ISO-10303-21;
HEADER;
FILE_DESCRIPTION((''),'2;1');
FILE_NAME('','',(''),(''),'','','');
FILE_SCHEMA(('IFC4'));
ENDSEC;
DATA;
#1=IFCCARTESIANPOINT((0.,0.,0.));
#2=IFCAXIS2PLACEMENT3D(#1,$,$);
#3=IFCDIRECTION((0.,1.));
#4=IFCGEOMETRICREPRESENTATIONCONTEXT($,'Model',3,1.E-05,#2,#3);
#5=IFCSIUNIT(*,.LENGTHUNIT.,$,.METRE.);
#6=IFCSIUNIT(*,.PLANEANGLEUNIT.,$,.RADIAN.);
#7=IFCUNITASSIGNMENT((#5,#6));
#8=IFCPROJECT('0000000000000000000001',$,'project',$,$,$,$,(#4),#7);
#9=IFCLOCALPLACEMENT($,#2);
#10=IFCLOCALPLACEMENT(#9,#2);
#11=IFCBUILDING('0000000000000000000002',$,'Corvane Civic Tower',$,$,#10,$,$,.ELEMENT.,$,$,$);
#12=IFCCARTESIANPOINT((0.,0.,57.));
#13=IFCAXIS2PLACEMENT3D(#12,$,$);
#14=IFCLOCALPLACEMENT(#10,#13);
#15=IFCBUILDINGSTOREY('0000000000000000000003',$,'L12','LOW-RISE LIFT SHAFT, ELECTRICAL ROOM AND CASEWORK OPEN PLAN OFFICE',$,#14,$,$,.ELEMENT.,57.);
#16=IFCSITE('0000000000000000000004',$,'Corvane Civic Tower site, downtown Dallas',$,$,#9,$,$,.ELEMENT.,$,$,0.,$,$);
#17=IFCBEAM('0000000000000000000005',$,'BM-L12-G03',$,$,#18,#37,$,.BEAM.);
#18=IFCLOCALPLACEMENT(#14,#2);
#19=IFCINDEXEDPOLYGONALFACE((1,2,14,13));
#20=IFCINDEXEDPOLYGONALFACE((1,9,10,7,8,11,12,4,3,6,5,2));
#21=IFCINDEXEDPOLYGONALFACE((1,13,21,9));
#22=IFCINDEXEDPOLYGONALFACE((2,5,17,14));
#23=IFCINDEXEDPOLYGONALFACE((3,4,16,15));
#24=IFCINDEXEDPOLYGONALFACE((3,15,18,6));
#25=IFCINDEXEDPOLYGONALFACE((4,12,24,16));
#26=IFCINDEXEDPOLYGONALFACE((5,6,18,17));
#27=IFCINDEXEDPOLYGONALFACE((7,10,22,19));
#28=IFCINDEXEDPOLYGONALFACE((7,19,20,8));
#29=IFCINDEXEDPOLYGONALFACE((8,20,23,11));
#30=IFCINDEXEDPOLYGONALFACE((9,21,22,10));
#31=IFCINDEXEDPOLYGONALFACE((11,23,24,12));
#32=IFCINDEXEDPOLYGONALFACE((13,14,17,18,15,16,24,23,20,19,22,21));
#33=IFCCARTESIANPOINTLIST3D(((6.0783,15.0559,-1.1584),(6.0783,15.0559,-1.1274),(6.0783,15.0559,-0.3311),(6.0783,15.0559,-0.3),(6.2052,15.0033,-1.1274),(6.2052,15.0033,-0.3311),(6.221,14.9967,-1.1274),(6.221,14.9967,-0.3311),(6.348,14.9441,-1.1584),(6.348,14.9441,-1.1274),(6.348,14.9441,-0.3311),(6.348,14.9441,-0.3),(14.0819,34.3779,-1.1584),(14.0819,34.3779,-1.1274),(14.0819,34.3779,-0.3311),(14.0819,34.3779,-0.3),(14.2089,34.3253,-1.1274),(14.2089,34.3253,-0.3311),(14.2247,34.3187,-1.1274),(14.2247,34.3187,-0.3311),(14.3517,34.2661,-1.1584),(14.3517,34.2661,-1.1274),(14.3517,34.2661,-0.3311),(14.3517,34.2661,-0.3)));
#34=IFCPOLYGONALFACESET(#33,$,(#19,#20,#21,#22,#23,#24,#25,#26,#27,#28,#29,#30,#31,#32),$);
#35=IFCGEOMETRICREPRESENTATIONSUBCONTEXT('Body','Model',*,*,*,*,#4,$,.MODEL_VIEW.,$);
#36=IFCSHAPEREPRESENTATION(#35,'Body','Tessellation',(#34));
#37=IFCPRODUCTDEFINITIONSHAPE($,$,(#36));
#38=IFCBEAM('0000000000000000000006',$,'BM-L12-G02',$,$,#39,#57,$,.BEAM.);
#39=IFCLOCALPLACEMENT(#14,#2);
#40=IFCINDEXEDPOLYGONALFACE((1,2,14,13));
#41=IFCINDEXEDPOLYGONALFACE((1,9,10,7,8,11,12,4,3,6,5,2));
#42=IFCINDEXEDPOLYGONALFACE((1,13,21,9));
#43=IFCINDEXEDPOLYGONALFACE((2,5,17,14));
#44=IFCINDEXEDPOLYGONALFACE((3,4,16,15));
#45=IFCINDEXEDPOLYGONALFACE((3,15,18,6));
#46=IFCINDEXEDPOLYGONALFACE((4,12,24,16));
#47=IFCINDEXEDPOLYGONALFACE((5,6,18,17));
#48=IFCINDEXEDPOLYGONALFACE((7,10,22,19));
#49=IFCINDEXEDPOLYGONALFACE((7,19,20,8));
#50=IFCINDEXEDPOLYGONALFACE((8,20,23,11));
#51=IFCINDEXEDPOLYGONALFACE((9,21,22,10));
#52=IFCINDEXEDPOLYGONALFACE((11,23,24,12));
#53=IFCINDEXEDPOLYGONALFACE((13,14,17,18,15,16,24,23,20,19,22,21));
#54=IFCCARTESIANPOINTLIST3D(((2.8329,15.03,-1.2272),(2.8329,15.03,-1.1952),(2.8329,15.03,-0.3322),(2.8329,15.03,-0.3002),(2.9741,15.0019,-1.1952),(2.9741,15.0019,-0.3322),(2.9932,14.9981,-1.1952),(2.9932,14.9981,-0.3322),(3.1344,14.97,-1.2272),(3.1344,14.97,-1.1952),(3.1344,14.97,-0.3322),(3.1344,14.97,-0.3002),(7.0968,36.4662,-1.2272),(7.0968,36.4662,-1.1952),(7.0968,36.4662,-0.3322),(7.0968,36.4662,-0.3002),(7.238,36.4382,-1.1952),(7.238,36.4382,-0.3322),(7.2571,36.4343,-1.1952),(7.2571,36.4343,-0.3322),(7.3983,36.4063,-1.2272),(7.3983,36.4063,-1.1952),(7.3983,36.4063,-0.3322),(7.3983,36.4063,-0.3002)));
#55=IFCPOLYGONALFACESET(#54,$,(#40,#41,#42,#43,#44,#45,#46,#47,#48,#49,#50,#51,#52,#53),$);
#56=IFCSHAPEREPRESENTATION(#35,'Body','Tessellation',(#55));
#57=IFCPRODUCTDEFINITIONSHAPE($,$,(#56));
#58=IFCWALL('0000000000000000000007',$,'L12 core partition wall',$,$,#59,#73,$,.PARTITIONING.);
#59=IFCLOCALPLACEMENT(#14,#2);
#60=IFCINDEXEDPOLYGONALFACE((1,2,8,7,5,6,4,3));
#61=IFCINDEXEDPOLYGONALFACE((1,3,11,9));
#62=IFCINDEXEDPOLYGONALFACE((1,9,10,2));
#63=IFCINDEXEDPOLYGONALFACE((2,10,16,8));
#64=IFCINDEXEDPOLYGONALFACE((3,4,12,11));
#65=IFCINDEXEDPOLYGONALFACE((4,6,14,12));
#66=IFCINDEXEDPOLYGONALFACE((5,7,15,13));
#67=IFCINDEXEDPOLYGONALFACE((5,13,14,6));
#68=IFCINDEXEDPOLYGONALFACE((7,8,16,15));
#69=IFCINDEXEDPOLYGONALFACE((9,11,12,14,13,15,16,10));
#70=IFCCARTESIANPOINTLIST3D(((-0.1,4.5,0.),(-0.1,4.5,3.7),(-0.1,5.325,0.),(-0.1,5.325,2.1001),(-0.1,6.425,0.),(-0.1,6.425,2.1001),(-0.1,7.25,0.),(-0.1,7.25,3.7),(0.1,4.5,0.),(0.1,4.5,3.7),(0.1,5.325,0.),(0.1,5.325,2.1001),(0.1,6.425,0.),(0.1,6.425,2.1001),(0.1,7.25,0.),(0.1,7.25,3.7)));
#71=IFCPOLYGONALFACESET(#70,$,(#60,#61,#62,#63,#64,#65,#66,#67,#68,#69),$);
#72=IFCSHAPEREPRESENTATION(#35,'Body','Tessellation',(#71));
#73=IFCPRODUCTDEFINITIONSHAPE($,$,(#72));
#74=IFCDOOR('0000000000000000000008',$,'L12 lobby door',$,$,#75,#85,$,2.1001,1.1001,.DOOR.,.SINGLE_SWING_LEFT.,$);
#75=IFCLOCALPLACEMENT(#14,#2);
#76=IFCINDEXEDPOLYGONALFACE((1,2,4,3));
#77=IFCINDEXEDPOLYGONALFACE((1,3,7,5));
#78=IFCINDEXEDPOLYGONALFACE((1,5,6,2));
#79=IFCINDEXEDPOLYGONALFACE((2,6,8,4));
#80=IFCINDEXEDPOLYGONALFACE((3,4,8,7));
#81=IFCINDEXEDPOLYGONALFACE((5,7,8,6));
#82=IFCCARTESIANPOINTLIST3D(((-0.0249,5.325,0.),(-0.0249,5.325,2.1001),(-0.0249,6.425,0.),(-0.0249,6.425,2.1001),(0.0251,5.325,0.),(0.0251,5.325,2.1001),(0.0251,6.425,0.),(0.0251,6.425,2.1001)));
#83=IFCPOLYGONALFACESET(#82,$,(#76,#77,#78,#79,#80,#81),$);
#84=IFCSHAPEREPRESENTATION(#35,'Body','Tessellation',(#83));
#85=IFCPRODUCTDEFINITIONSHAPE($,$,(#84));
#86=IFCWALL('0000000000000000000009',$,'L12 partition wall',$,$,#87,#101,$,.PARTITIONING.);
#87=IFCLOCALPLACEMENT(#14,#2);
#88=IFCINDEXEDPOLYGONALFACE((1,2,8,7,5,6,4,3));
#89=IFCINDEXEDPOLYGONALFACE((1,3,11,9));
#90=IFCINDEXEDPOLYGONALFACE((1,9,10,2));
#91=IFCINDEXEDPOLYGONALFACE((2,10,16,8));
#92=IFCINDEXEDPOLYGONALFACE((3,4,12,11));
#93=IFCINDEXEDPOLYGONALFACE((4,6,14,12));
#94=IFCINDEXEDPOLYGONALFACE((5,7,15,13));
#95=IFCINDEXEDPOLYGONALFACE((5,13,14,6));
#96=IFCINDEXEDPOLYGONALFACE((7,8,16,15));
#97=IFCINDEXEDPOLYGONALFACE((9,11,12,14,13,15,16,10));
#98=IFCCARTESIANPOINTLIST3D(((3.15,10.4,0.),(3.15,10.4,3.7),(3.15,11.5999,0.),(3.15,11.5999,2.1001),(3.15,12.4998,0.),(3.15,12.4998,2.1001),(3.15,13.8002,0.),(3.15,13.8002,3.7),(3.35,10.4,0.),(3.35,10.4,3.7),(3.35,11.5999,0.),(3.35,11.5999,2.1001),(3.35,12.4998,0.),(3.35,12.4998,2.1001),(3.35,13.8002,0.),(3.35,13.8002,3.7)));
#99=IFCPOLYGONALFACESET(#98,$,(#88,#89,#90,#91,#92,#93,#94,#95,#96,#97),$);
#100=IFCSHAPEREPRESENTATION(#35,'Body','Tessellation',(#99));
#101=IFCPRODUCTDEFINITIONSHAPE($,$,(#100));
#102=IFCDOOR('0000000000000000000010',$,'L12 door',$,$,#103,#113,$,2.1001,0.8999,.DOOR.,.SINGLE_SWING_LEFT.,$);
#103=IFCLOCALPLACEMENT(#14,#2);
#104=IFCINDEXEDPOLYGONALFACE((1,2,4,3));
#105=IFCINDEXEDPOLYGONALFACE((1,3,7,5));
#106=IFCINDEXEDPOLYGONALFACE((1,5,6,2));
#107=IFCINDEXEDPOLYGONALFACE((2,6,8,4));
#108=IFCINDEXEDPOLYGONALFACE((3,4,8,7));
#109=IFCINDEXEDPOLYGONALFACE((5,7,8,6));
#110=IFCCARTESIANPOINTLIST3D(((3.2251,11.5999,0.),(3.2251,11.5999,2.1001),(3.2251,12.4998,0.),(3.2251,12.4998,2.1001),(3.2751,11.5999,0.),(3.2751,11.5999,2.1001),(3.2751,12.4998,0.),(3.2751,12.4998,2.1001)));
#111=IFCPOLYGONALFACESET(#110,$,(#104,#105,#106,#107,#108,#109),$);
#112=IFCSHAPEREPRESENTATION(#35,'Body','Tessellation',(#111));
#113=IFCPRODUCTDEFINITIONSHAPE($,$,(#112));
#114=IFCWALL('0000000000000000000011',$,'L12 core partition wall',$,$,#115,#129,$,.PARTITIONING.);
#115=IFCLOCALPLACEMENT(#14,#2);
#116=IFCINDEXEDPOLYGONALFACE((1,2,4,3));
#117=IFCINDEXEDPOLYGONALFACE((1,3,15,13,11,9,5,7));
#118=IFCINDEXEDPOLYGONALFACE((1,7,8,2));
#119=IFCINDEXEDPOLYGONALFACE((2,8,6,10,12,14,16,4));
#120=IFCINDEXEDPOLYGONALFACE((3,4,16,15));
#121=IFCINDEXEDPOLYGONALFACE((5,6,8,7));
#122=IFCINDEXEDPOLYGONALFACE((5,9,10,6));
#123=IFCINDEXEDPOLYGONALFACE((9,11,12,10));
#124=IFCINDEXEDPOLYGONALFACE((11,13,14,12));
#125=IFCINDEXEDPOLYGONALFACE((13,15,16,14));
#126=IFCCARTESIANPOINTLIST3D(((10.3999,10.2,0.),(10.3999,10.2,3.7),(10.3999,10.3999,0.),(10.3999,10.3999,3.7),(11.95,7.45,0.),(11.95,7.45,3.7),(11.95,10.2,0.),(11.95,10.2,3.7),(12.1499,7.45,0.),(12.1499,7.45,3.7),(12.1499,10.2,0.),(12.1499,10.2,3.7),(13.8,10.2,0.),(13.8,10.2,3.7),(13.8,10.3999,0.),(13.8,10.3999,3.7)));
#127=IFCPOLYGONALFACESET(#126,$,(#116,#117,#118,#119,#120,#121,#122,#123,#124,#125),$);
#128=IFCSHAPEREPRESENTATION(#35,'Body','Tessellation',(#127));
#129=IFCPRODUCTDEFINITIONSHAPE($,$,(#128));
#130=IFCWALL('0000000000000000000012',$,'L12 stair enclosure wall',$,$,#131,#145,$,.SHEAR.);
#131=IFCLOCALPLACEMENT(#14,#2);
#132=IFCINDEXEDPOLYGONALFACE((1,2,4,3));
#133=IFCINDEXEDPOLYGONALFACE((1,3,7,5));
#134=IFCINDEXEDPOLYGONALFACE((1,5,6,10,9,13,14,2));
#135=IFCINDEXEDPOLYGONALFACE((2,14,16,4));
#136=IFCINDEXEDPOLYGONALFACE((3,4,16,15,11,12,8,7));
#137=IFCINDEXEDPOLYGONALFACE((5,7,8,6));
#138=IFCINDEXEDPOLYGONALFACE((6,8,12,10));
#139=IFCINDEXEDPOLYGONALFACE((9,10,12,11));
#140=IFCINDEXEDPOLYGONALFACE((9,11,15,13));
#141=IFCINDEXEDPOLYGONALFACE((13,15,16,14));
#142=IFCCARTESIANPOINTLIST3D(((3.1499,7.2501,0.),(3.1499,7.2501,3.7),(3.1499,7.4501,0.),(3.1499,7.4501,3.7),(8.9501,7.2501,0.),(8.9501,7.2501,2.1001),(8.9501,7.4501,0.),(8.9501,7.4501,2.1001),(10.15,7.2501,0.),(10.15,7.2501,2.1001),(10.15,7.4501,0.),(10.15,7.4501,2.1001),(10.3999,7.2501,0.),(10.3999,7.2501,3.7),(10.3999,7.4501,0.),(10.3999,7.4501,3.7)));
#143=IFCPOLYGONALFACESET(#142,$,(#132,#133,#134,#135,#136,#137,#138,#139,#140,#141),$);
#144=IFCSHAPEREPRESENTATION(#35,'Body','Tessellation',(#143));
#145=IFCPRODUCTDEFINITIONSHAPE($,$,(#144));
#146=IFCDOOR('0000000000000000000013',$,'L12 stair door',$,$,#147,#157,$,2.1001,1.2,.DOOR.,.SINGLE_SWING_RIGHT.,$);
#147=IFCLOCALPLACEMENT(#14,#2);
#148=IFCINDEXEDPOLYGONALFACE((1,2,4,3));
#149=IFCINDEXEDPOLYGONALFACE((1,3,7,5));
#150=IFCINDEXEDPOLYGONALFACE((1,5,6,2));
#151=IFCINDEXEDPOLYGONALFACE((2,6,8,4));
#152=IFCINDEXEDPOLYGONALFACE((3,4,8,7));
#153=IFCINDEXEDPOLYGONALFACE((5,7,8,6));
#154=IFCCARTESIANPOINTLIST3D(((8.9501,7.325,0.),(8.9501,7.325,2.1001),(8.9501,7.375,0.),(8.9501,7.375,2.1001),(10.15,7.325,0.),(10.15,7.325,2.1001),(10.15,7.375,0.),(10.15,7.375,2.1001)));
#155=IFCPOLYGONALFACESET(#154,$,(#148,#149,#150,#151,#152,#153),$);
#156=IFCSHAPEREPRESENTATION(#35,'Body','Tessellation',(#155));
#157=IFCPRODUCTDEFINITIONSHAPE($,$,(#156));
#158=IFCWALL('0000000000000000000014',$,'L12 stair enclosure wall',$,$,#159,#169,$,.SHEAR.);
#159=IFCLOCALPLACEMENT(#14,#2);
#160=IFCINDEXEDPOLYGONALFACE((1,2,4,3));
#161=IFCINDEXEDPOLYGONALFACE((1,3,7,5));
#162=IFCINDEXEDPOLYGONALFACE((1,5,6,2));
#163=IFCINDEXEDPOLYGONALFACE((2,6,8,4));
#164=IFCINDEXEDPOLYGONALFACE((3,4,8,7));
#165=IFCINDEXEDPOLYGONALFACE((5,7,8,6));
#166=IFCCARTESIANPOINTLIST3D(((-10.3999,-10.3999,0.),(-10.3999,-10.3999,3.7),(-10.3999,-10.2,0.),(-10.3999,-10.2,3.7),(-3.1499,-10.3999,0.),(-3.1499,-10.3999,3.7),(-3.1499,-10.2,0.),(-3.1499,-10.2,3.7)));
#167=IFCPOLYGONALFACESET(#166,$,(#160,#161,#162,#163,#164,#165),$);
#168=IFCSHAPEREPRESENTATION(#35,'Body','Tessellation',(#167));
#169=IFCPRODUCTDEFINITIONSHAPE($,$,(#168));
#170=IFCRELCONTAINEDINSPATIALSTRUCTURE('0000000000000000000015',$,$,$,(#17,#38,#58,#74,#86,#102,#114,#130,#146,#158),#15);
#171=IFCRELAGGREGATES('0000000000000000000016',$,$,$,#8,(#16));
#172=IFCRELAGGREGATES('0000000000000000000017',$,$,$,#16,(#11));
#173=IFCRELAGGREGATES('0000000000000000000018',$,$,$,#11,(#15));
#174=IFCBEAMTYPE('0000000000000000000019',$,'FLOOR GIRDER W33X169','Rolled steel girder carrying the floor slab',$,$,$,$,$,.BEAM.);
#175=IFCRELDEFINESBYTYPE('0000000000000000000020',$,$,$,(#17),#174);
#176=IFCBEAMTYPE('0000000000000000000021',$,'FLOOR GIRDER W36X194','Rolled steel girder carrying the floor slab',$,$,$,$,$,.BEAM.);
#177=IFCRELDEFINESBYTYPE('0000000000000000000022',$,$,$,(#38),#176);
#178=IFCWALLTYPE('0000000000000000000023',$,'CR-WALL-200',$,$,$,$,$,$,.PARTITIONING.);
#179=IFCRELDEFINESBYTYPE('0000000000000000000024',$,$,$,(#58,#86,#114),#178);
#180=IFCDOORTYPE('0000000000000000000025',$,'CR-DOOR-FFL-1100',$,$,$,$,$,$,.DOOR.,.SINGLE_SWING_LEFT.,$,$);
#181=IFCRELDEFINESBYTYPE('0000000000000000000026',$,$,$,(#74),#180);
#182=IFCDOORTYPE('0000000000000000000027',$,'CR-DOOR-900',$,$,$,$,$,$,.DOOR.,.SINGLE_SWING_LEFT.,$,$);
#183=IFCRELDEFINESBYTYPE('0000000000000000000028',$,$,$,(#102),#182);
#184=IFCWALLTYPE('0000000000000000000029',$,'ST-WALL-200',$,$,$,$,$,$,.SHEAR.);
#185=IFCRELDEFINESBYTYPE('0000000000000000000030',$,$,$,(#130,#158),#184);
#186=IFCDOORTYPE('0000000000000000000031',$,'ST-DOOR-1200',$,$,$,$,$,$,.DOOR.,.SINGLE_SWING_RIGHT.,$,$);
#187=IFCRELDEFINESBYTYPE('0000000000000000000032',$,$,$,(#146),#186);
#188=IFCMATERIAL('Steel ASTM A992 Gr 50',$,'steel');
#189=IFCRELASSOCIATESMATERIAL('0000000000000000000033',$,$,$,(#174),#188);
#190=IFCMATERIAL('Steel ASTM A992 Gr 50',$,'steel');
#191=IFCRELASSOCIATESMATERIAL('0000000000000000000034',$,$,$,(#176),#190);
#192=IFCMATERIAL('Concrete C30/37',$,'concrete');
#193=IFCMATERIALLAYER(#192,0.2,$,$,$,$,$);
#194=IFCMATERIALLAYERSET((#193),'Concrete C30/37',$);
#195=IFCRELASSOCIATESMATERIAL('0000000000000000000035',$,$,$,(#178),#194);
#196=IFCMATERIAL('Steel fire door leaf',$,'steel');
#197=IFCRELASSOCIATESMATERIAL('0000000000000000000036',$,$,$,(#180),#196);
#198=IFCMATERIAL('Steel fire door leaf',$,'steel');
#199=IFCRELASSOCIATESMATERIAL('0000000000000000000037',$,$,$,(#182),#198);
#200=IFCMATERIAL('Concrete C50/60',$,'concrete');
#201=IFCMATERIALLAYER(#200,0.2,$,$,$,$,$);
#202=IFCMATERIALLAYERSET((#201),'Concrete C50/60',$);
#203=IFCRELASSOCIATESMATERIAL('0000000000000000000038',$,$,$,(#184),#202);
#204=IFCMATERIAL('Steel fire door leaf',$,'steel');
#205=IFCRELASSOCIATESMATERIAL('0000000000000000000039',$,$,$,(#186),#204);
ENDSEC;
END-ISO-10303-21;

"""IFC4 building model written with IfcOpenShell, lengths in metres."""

from ifc_helpers import new_model, si_unit, direction, frame, frame_2d, origin, origin_2d, place, context, subcontext, project, spatial, polyline, rectangle, i_section, outline, extrude, material, layer, layer_set, material_profile, profile_set, type_object, element, fill, save


model = new_model("IFC4")

# Units and contexts
model_context = context("Model", 3, precision=1e-05, world=origin(), true_north=direction((0.0, 1.0)))
body_context = subcontext(model_context, "Body", "Model", "MODEL_VIEW")
ifc_project = project(units=[si_unit("LENGTHUNIT", "METRE"), si_unit("PLANEANGLEUNIT", "RADIAN")], contexts=[model_context])

# Site, building, storey
site_placement = place(None, origin())
site = spatial("IfcSite", under=ifc_project, at=site_placement, Name="Corvane Civic Tower site, downtown Dallas", CompositionType="ELEMENT", RefElevation=0.0)
building_placement = place(site_placement, origin())
building = spatial("IfcBuilding", under=site, at=building_placement, Name="Corvane Civic Tower", CompositionType="ELEMENT")
storey_placement = place(building_placement, frame((0.0, 0.0, 57.0)))
storey = spatial("IfcBuildingStorey", under=building, at=storey_placement, Name="L12", Description="LOW-RISE LIFT SHAFT, ELECTRICAL ROOM AND CASEWORK OPEN PLAN OFFICE", CompositionType="ELEMENT", Elevation=57.0)

# Beams
ifc_material_1 = material(Name="Steel ASTM A992 Gr 50", Category="steel")
ifc_material_profile_1 = material_profile(ifc_material_1, i_section(OverallWidth=0.292, OverallDepth=0.8584, WebThickness=0.0171, FlangeThickness=0.031, at=origin_2d()), Name="W33X169")
ifc_profile_set_1 = profile_set([ifc_material_profile_1], Name="Steel ASTM A992 Gr 50")
beam_type_1 = type_object("IfcBeamType", Name="FLOOR GIRDER W33X169", Description="Rolled steel girder carrying the floor slab", PredefinedType="BEAM", material=ifc_profile_set_1)
beam_1_placement = place(storey_placement, frame((6.2131, 15.0, -0.7292), z_axis=(0.382692, 0.923876, 0.0), x_axis=(-0.923876, 0.382692, 0.0)))
element("IfcBeam", 1, at=beam_1_placement, inside=storey, type_object=beam_type_1, Name="BM-L12-G03", PredefinedType="BEAM", context=body_context, shape_type="SweptSolid", body=[
    extrude(i_section(OverallWidth=0.292, OverallDepth=0.8584, WebThickness=0.0171, FlangeThickness=0.031, at=origin_2d()), origin(), (0.0, 0.0, 1.0), 20.9141),
])
ifc_material_2 = material(Name="Steel ASTM A992 Gr 50", Category="steel")
ifc_material_profile_2 = material_profile(ifc_material_2, i_section(OverallWidth=0.3074, OverallDepth=0.927, WebThickness=0.0195, FlangeThickness=0.032, at=origin_2d()), Name="W36X194")
ifc_profile_set_2 = profile_set([ifc_material_profile_2], Name="Steel ASTM A992 Gr 50")
beam_type_2 = type_object("IfcBeamType", Name="FLOOR GIRDER W36X194", Description="Rolled steel girder carrying the floor slab", PredefinedType="BEAM", material=ifc_profile_set_2)
beam_2_placement = place(storey_placement, frame((2.9836, 15.0, -0.7637), z_axis=(0.195089, 0.980785, 0.0), x_axis=(-0.980785, 0.195089, 0.0)))
element("IfcBeam", 2, at=beam_2_placement, inside=storey, type_object=beam_type_2, Name="BM-L12-G02", PredefinedType="BEAM", context=body_context, shape_type="SweptSolid", body=[
    extrude(i_section(OverallWidth=0.3074, OverallDepth=0.927, WebThickness=0.0195, FlangeThickness=0.032, at=origin_2d()), origin(), (0.0, 0.0, 1.0), 21.8562),
])

# Walls, openings, doors
ifc_material_3 = material(Name="Concrete C30/37", Category="concrete")
ifc_layer_1 = layer(ifc_material_3, 0.2)
ifc_layer_set_1 = layer_set([ifc_layer_1], Name="Concrete C30/37")
wall_type_1 = type_object("IfcWallType", Name="CR-WALL-200", PredefinedType="PARTITIONING", material=ifc_layer_set_1)
wall_1_placement = place(storey_placement, frame((0.0, 4.5, 0.0), z_axis=(0.0, 0.0, 1.0), x_axis=(0.0, 1.0, 0.0)))
wall_1 = element("IfcWall", 3, at=wall_1_placement, inside=storey, type_object=wall_type_1, Name="L12 core partition wall", PredefinedType="PARTITIONING", context=body_context, shape_type="SweptSolid", body=[
    extrude(rectangle(XDim=2.75, YDim=0.2, at=frame_2d((1.375, 0.0))), origin(), (0.0, 0.0, 1.0), 3.7),
])
opening_1_placement = place(wall_1_placement, frame((0.825, 0.0, 0.0)))
opening_1 = element("IfcOpeningElement", 4, at=opening_1_placement, cuts=wall_1, PredefinedType="OPENING", context=body_context, shape_type="SweptSolid", body=[
    extrude(rectangle(XDim=1.1001, YDim=2.1001, at=frame_2d((0.55, 1.05))), frame((0.0, 0.1099, 0.0), z_axis=(0.0, -1.0, 0.0), x_axis=(1.0, 0.0, 0.0)), (0.0, 0.0, 1.0), 0.22),
])
ifc_material_4 = material(Name="Steel fire door leaf", Category="steel")
door_type_1 = type_object("IfcDoorType", Name="CR-DOOR-FFL-1100", OperationType="SINGLE_SWING_LEFT", PredefinedType="DOOR", material=ifc_material_4)
door_1_placement = place(opening_1_placement, origin())
door_1 = element("IfcDoor", 5, at=door_1_placement, inside=storey, type_object=door_type_1, Name="L12 lobby door", OperationType="SINGLE_SWING_LEFT", OverallHeight=2.1001, OverallWidth=1.1001, PredefinedType="DOOR", context=body_context, shape_type="SweptSolid", body=[
    extrude(rectangle(XDim=1.1001, YDim=2.1001, at=frame_2d((0.55, 1.05))), frame((0.0, 0.0249, 0.0), z_axis=(0.0, -1.0, 0.0), x_axis=(1.0, 0.0, 0.0)), (0.0, 0.0, 1.0), 0.05),
])
fill(opening_1, door_1)
wall_2_placement = place(storey_placement, frame((3.25, 10.3999, 0.0), z_axis=(0.0, 0.0, 1.0), x_axis=(0.0, 1.0, 0.0)))
wall_2 = element("IfcWall", 6, at=wall_2_placement, inside=storey, type_object=wall_type_1, Name="L12 partition wall", PredefinedType="PARTITIONING", context=body_context, shape_type="SweptSolid", body=[
    extrude(rectangle(XDim=3.4001, YDim=0.2, at=frame_2d((1.7002, 0.0))), origin(), (0.0, 0.0, 1.0), 3.7),
])
opening_2_placement = place(wall_2_placement, frame((1.2, 0.0, 0.0)))
opening_2 = element("IfcOpeningElement", 7, at=opening_2_placement, cuts=wall_2, PredefinedType="OPENING", context=body_context, shape_type="SweptSolid", body=[
    extrude(rectangle(XDim=0.8999, YDim=2.1001, at=frame_2d((0.45, 1.05))), frame((0.0, 0.1099, 0.0), z_axis=(0.0, -1.0, 0.0), x_axis=(1.0, 0.0, 0.0)), (0.0, 0.0, 1.0), 0.22),
])
ifc_material_5 = material(Name="Steel fire door leaf", Category="steel")
door_type_2 = type_object("IfcDoorType", Name="CR-DOOR-900", OperationType="SINGLE_SWING_LEFT", PredefinedType="DOOR", material=ifc_material_5)
door_2_placement = place(opening_2_placement, origin())
door_2 = element("IfcDoor", 8, at=door_2_placement, inside=storey, type_object=door_type_2, Name="L12 door", OperationType="SINGLE_SWING_LEFT", OverallHeight=2.1001, OverallWidth=0.8999, PredefinedType="DOOR", context=body_context, shape_type="SweptSolid", body=[
    extrude(rectangle(XDim=0.8999, YDim=2.1001, at=frame_2d((0.45, 1.05))), frame((0.0, 0.0249, 0.0), z_axis=(0.0, -1.0, 0.0), x_axis=(1.0, 0.0, 0.0)), (0.0, 0.0, 1.0), 0.05),
])
fill(opening_2, door_2)

# Wall
wall_3_placement = place(storey_placement, origin())
element("IfcWall", 9, at=wall_3_placement, inside=storey, type_object=wall_type_1, Name="L12 core partition wall", PredefinedType="PARTITIONING", context=body_context, shape_type="SweptSolid", body=[
    extrude(outline(polyline([(13.8, 10.3999), (13.8, 10.2), (12.1499, 10.2), (12.1499, 7.45), (11.95, 7.45), (11.95, 10.2), (10.3999, 10.2), (10.3999, 10.3999), (13.8, 10.3999)])), origin(), (0.0, 0.0, 1.0), 3.7),
])

# Wall, opening, door
ifc_material_6 = material(Name="Concrete C50/60", Category="concrete")
ifc_layer_2 = layer(ifc_material_6, 0.2)
ifc_layer_set_2 = layer_set([ifc_layer_2], Name="Concrete C50/60")
wall_type_2 = type_object("IfcWallType", Name="ST-WALL-200", PredefinedType="SHEAR", material=ifc_layer_set_2)
wall_4_placement = place(storey_placement, frame((3.1499, 7.3501, 0.0), z_axis=(0.0, 0.0, 1.0), x_axis=(1.0, 0.0, 0.0)))
wall_4 = element("IfcWall", 10, at=wall_4_placement, inside=storey, type_object=wall_type_2, Name="L12 stair enclosure wall", PredefinedType="SHEAR", context=body_context, shape_type="SweptSolid", body=[
    extrude(rectangle(XDim=7.25, YDim=0.2, at=frame_2d((3.625, 0.0))), origin(), (0.0, 0.0, 1.0), 3.7),
])
opening_3_placement = place(wall_4_placement, frame((5.8, 0.0, 0.0)))
opening_3 = element("IfcOpeningElement", 11, at=opening_3_placement, cuts=wall_4, PredefinedType="OPENING", context=body_context, shape_type="SweptSolid", body=[
    extrude(rectangle(XDim=1.2, YDim=2.1001, at=frame_2d((0.6001, 1.05))), frame((0.0, 0.1099, 0.0), z_axis=(0.0, -1.0, 0.0), x_axis=(1.0, 0.0, 0.0)), (0.0, 0.0, 1.0), 0.22),
])
ifc_material_7 = material(Name="Steel fire door leaf", Category="steel")
door_type_3 = type_object("IfcDoorType", Name="ST-DOOR-1200", OperationType="SINGLE_SWING_RIGHT", PredefinedType="DOOR", material=ifc_material_7)
door_3_placement = place(opening_3_placement, origin())
door_3 = element("IfcDoor", 12, at=door_3_placement, inside=storey, type_object=door_type_3, Name="L12 stair door", OperationType="SINGLE_SWING_RIGHT", OverallHeight=2.1001, OverallWidth=1.2, PredefinedType="DOOR", context=body_context, shape_type="SweptSolid", body=[
    extrude(rectangle(XDim=1.2, YDim=2.1001, at=frame_2d((0.6001, 1.05))), frame((0.0, 0.0249, 0.0), z_axis=(0.0, -1.0, 0.0), x_axis=(1.0, 0.0, 0.0)), (0.0, 0.0, 1.0), 0.05),
])
fill(opening_3, door_3)

# Wall
wall_5_placement = place(storey_placement, origin())
element("IfcWall", 13, at=wall_5_placement, inside=storey, type_object=wall_type_2, Name="L12 stair enclosure wall", PredefinedType="SHEAR", context=body_context, shape_type="SweptSolid", body=[
    extrude(outline(polyline([(-3.1499, -10.2), (-3.1499, -10.3999), (-10.3999, -10.3999), (-10.3999, -10.2), (-3.1499, -10.2)])), origin(), (0.0, 0.0, 1.0), 3.7),
])

save(model, "model.ifc")
